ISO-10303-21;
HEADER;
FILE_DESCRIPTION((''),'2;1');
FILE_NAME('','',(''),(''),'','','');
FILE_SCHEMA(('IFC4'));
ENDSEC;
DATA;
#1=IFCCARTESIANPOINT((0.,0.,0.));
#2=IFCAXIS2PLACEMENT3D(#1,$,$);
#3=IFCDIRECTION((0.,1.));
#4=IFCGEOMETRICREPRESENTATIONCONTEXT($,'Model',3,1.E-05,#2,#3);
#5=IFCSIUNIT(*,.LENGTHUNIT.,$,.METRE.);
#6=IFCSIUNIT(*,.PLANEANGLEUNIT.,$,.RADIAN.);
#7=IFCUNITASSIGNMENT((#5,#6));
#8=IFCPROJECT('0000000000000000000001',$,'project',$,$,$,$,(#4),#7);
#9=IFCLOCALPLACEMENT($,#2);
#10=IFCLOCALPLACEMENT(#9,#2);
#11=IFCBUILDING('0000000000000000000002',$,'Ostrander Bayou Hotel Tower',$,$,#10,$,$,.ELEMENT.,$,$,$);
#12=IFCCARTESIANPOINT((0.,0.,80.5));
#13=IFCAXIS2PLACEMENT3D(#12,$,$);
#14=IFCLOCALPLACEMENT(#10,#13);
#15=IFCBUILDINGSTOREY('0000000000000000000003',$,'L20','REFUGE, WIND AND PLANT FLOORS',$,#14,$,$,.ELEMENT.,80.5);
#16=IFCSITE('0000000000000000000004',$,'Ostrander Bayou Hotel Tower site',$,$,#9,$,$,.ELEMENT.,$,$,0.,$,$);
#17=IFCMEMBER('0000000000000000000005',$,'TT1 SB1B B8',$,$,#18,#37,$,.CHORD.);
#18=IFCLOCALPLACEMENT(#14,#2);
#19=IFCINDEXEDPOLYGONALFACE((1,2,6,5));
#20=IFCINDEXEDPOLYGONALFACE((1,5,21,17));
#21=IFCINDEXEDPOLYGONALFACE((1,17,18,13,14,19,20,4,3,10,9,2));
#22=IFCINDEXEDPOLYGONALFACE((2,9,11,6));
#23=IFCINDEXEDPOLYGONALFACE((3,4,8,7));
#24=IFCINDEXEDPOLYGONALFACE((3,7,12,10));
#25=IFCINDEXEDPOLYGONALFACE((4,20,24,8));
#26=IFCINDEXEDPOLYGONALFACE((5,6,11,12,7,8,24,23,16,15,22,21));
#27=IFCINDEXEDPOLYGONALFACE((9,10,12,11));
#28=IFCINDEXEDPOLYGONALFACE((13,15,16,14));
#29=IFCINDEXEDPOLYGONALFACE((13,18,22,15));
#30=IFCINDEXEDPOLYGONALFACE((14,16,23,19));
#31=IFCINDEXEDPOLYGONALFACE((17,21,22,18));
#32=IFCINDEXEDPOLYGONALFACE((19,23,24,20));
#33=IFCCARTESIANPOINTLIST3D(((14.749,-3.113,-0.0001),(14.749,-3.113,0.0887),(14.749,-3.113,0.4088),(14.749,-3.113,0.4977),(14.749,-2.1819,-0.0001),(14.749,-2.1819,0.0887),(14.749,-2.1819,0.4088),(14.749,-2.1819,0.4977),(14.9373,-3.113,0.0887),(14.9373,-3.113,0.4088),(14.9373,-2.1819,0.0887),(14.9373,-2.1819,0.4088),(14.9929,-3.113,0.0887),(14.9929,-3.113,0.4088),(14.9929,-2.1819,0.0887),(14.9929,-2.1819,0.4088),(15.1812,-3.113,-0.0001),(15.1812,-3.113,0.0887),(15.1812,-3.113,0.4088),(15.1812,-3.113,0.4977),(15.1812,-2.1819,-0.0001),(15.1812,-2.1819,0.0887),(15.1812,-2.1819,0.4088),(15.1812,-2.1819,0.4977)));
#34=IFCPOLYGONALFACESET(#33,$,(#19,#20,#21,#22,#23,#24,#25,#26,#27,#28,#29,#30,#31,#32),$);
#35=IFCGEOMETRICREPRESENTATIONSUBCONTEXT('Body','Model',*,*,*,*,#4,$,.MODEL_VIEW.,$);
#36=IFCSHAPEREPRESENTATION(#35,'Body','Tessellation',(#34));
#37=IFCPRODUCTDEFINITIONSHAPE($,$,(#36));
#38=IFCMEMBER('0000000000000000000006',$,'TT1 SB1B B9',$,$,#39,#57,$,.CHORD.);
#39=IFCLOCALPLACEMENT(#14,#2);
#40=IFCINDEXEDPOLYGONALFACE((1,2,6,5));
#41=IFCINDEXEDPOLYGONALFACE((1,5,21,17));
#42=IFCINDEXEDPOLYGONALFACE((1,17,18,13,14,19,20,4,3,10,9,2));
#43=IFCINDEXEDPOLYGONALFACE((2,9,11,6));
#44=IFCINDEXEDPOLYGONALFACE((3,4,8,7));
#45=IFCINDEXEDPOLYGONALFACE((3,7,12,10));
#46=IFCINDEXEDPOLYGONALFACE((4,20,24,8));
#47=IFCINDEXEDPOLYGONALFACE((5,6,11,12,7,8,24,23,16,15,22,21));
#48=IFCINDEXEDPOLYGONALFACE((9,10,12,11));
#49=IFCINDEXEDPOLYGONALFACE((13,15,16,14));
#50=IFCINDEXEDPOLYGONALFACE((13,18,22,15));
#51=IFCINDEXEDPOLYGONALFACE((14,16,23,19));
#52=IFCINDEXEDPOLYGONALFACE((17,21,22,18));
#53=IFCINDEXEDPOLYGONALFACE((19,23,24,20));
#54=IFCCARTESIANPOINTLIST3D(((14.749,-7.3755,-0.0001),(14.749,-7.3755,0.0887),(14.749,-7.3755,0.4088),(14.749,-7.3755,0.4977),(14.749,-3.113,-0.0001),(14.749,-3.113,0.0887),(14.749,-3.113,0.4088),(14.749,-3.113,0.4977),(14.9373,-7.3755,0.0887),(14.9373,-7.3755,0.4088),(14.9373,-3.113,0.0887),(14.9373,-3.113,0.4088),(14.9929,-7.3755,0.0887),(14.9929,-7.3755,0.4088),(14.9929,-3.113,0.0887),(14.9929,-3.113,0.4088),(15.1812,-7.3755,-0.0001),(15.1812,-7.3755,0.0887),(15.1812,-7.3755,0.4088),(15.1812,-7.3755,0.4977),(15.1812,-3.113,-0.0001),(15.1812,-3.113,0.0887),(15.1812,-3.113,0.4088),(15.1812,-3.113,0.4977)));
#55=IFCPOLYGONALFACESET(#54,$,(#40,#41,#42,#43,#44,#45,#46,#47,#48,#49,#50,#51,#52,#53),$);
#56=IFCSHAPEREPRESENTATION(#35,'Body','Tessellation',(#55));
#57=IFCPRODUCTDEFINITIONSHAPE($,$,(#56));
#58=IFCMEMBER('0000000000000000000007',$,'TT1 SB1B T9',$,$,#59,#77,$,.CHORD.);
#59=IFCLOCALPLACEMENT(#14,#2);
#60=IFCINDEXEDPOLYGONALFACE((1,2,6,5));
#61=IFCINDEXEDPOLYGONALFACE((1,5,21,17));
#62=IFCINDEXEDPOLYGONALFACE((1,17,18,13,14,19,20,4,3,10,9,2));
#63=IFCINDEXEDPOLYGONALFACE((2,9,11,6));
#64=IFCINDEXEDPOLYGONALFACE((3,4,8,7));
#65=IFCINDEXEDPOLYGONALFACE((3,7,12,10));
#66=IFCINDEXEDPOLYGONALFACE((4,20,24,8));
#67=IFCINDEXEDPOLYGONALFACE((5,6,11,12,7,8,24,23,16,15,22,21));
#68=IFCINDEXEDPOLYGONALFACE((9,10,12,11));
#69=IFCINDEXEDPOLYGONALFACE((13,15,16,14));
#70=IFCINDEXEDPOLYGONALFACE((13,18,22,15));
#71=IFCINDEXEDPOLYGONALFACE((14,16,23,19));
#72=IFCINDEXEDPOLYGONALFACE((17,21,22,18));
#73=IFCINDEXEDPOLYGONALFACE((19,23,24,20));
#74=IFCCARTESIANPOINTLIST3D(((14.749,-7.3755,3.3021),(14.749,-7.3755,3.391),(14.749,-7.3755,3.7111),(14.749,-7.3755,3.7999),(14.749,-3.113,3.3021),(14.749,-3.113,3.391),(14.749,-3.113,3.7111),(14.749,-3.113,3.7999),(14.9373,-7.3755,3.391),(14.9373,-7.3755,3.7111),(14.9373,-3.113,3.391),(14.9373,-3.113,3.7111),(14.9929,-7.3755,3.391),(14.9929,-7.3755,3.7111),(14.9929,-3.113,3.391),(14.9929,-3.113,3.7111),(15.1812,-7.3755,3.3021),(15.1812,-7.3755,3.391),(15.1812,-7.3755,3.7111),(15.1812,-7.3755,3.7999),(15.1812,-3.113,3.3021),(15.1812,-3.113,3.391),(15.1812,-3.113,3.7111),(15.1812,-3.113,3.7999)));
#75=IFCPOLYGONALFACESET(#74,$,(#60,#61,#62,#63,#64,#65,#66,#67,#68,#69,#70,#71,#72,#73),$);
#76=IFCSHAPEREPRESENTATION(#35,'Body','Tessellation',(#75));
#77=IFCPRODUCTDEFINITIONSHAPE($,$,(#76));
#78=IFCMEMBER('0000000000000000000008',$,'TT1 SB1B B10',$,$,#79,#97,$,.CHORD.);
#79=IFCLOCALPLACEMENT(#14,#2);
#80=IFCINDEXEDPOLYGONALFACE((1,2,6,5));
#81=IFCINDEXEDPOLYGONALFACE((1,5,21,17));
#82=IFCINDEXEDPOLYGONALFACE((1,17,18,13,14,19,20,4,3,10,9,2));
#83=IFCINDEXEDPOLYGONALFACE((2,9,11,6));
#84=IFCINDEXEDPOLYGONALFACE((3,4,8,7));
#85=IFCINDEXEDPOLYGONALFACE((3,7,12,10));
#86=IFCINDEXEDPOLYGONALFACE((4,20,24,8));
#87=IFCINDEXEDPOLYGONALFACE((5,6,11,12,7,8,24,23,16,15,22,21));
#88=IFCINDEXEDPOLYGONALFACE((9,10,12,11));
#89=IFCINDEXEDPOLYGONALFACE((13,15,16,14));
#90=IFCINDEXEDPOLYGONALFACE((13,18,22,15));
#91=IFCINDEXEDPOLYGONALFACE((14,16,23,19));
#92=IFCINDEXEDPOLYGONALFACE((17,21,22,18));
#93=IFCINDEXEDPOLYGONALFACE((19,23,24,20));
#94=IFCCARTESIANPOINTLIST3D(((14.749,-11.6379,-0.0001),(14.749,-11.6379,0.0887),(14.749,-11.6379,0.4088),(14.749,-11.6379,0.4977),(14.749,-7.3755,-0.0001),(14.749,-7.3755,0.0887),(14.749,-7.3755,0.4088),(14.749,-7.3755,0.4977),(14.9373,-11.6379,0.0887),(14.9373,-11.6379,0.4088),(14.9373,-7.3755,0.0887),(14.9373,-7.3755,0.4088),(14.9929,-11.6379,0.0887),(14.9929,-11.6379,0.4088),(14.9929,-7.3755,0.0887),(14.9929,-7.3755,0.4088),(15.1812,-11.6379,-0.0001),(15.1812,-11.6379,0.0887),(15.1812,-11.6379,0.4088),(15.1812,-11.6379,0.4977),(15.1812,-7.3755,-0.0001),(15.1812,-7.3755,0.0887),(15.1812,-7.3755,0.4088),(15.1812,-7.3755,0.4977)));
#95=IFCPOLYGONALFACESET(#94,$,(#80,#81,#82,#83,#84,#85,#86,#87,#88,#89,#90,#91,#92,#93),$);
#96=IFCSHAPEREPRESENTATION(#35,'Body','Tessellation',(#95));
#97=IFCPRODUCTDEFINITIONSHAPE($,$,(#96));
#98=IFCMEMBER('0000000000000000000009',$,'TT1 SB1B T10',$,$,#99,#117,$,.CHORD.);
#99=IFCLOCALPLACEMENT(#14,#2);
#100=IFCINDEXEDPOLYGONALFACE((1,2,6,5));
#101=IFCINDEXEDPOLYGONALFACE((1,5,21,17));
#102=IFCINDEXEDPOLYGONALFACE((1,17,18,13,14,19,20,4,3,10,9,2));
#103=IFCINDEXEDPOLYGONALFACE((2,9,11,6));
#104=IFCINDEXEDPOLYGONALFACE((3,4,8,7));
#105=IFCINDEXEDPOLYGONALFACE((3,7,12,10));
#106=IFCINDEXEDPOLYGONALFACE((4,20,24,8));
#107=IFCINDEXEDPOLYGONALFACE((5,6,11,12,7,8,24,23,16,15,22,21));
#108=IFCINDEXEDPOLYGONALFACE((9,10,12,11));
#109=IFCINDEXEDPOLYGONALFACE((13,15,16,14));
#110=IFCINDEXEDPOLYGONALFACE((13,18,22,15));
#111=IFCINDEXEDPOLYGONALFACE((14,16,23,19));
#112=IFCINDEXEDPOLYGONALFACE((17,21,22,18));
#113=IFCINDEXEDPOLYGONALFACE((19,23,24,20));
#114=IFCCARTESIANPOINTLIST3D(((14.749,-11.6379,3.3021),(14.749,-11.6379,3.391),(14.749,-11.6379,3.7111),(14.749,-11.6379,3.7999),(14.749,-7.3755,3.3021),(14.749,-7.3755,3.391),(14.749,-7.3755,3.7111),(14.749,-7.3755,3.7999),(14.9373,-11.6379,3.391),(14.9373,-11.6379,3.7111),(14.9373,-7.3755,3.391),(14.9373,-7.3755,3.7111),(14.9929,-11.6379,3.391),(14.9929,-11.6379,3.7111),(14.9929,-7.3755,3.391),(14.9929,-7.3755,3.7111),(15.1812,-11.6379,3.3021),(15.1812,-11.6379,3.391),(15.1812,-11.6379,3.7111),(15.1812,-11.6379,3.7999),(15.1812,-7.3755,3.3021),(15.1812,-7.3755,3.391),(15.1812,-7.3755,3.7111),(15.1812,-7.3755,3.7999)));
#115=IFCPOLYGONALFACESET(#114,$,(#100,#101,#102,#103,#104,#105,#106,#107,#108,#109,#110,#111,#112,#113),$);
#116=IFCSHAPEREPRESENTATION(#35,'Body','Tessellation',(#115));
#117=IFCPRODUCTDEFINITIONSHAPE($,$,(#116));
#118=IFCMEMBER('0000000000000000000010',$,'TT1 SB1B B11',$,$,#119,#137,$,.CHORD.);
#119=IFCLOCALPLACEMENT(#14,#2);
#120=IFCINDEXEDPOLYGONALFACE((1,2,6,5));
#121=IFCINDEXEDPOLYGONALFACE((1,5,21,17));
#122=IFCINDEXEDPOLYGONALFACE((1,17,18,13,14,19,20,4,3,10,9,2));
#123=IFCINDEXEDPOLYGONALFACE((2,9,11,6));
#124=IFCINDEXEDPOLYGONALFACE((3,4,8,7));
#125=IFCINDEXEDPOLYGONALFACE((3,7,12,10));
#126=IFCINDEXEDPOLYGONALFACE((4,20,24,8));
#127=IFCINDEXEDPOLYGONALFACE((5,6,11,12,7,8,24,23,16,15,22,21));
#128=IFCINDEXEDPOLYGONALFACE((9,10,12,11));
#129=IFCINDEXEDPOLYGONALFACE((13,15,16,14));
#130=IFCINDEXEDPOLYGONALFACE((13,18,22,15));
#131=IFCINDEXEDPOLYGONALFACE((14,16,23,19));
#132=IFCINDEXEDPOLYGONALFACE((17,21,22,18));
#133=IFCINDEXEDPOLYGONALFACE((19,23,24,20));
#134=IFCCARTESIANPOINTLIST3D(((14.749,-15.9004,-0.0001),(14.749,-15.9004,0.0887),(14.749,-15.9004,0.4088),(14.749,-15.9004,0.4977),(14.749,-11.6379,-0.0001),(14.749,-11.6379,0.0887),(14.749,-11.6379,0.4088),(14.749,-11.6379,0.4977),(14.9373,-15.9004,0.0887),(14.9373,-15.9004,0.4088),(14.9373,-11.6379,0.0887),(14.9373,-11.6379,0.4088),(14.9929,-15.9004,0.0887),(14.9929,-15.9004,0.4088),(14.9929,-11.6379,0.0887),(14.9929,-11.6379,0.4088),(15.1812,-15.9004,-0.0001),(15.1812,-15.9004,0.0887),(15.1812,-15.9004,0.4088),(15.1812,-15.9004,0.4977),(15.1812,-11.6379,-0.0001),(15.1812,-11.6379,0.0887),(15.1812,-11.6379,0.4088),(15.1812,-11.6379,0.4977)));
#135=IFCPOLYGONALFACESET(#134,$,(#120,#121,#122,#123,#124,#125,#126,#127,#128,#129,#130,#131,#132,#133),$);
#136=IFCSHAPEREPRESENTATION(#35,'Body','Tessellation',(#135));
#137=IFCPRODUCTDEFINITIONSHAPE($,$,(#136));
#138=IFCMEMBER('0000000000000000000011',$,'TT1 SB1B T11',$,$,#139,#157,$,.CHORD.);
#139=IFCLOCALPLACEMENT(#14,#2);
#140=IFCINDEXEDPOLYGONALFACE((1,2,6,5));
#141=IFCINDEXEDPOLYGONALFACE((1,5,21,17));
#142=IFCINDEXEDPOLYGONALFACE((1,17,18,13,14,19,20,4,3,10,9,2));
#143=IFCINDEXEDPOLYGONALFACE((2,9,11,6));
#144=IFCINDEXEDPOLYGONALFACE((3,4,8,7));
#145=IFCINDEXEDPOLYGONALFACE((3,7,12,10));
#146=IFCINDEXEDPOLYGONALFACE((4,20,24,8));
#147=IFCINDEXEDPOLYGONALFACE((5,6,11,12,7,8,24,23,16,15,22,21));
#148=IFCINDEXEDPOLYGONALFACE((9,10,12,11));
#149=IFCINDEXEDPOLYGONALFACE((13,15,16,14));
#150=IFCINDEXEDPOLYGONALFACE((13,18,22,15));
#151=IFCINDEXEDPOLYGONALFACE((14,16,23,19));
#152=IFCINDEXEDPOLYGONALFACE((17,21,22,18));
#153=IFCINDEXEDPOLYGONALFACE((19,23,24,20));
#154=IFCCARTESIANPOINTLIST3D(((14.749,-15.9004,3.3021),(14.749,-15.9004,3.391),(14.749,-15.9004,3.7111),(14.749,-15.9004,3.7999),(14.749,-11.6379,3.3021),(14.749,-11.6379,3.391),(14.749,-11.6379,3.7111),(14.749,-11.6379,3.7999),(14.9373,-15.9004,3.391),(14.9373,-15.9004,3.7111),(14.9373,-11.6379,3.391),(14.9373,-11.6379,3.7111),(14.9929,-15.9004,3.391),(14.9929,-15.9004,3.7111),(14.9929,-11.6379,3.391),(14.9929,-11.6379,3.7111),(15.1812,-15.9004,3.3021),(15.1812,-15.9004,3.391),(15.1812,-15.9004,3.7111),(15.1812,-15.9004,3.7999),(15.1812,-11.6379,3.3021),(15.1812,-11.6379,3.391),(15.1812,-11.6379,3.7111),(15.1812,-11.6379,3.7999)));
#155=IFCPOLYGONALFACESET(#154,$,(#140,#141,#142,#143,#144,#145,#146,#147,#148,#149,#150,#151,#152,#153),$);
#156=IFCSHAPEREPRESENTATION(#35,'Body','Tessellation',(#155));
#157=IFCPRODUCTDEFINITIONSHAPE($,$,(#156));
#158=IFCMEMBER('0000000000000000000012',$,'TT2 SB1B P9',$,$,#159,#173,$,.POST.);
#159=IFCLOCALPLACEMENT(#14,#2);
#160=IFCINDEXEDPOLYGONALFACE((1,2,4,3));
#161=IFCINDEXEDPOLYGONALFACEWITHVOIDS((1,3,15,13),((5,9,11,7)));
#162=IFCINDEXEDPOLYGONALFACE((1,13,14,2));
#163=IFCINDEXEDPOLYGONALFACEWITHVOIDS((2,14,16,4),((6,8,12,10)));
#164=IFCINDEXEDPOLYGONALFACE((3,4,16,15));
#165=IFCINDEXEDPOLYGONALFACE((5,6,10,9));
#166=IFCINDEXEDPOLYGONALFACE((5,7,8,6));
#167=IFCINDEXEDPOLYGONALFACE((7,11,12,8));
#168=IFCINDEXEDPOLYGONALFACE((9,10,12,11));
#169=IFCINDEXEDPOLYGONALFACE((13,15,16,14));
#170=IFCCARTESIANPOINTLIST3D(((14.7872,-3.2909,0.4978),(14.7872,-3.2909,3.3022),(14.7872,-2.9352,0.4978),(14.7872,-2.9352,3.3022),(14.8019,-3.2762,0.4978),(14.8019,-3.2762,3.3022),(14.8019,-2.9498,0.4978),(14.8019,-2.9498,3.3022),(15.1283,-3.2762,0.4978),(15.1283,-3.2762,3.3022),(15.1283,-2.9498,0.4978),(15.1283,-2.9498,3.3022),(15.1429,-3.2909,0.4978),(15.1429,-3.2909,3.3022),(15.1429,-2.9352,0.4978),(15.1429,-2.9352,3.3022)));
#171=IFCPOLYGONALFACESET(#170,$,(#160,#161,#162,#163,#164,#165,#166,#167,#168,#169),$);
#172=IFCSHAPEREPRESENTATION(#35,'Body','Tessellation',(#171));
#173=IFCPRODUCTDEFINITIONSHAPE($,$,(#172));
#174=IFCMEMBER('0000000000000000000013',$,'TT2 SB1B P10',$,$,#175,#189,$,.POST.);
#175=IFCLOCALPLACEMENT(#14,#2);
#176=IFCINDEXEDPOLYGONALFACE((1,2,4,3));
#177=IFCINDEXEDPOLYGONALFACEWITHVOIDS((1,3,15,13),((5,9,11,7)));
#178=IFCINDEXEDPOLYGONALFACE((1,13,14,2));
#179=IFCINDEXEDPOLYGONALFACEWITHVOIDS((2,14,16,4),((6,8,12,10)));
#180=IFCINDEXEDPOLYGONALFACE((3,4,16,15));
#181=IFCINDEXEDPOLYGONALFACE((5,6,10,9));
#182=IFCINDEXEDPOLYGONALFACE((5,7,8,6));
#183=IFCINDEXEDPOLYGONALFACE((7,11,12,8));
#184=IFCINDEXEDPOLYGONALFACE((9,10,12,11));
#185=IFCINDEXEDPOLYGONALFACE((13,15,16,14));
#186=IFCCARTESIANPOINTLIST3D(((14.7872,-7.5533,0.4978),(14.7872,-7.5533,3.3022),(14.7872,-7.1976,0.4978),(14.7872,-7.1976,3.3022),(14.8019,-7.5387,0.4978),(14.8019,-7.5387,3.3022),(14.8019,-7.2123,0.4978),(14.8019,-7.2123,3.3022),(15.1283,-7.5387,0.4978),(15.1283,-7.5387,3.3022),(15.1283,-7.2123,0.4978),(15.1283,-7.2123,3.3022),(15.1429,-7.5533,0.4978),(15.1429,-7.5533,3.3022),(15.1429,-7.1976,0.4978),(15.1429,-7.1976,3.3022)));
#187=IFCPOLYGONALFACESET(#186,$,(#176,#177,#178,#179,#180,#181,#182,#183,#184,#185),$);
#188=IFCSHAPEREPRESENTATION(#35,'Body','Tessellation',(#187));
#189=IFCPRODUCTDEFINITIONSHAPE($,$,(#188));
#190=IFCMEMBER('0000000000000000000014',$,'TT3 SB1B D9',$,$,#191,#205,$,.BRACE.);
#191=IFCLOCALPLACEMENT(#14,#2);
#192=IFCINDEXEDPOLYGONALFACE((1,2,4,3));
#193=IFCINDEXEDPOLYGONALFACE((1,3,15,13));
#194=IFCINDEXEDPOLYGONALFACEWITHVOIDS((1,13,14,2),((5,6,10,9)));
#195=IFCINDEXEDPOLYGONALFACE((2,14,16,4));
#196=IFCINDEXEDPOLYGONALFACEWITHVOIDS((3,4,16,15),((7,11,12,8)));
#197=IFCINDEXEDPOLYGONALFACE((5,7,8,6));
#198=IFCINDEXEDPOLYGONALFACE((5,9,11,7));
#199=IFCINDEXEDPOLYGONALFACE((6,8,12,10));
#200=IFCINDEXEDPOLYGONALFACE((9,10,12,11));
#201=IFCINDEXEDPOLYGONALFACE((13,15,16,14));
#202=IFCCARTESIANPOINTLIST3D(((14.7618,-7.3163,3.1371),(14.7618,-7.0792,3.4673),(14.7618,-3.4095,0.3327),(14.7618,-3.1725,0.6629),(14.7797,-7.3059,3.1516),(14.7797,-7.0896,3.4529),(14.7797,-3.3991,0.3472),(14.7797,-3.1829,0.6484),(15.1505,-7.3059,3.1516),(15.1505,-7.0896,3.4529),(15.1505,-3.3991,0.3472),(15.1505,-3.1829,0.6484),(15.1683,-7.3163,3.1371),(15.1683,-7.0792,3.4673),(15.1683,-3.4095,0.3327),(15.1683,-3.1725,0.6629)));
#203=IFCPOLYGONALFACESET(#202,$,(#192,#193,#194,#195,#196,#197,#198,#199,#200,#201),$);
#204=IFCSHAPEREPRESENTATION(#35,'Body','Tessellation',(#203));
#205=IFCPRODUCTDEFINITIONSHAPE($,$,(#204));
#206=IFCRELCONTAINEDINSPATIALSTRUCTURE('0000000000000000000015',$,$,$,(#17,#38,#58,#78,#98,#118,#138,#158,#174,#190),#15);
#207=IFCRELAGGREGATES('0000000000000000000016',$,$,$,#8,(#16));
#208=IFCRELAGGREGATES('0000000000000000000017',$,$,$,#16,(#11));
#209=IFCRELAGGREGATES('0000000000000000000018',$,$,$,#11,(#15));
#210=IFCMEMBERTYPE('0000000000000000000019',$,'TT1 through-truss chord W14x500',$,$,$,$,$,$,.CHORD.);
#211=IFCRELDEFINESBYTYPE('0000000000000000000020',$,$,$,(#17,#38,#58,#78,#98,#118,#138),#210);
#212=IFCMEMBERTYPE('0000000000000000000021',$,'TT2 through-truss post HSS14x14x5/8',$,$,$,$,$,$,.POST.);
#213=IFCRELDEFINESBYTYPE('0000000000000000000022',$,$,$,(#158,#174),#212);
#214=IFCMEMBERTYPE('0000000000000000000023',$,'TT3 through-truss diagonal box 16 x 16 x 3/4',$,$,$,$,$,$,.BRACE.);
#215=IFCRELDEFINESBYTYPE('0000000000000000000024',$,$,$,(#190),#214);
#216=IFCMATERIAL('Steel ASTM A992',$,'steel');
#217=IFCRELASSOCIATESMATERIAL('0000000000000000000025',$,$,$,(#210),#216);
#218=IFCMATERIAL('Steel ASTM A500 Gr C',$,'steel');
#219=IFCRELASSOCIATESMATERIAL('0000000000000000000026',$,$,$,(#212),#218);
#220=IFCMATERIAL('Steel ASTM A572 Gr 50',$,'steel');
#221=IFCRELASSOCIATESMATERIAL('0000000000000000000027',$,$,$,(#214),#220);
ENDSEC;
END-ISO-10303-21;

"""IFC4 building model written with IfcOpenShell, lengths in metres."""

from ifc_helpers import new_model, si_unit, direction, frame, origin, origin_2d, place, context, subcontext, project, spatial, hollow_rectangle, i_section, extrude, material, material_profile, profile_set, type_object, element, save


model = new_model("IFC4")

# Units and contexts
model_context = context("Model", 3, precision=1e-05, world=origin(), true_north=direction((0.0, 1.0)))
body_context = subcontext(model_context, "Body", "Model", "MODEL_VIEW")
ifc_project = project(units=[si_unit("LENGTHUNIT", "METRE"), si_unit("PLANEANGLEUNIT", "RADIAN")], contexts=[model_context])

# Site, building, storey
site_placement = place(None, origin())
site = spatial("IfcSite", under=ifc_project, at=site_placement, Name="Ostrander Bayou Hotel Tower site", CompositionType="ELEMENT", RefElevation=0.0)
building_placement = place(site_placement, origin())
building = spatial("IfcBuilding", under=site, at=building_placement, Name="Ostrander Bayou Hotel Tower", CompositionType="ELEMENT")
storey_placement = place(building_placement, frame((0.0, 0.0, 80.5)))
storey = spatial("IfcBuildingStorey", under=building, at=storey_placement, Name="L20", Description="REFUGE, WIND AND PLANT FLOORS", CompositionType="ELEMENT", Elevation=80.5)

# Members
ifc_material_1 = material(Name="Steel ASTM A992", Category="steel")
ifc_material_profile_1 = material_profile(ifc_material_1, i_section(OverallWidth=0.4321, OverallDepth=0.4978, WebThickness=0.0557, FlangeThickness=0.0889, at=origin_2d()))
ifc_profile_set_1 = profile_set([ifc_material_profile_1], Name="Steel ASTM A992")
member_type_1 = type_object("IfcMemberType", Name="TT1 through-truss chord W14x500", PredefinedType="CHORD", material=ifc_profile_set_1)
member_1_placement = place(storey_placement, frame((14.9651, -2.1819, 0.2488), z_axis=(0.0, -1.0, 0.0), x_axis=(1.0, 0.0, 0.0)))
element("IfcMember", 1, at=member_1_placement, inside=storey, type_object=member_type_1, Name="TT1 SB1B B8", PredefinedType="CHORD", context=body_context, shape_type="SweptSolid", body=[
    extrude(i_section(OverallWidth=0.4321, OverallDepth=0.4978, WebThickness=0.0557, FlangeThickness=0.0889, at=origin_2d()), origin(), (0.0, 0.0, 1.0), 0.9312),
])
for number, where, z_axis, x_axis, name in (
    (2, (14.9651, -3.113, 0.2488), (0.0, -1.0, 0.0), (1.0, 0.0, 0.0), "TT1 SB1B B9"),
    (3, (14.9651, -3.113, 3.551), (0.0, -1.0, 0.0), (1.0, 0.0, 0.0), "TT1 SB1B T9"),
    (4, (14.9651, -7.3755, 0.2488), (0.0, -1.0, 0.0), (1.0, 0.0, 0.0), "TT1 SB1B B10"),
    (5, (14.9651, -7.3755, 3.551), (0.0, -1.0, 0.0), (1.0, 0.0, 0.0), "TT1 SB1B T10"),
    (6, (14.9651, -11.6379, 0.2488), (0.0, -1.0, 0.0), (1.0, 0.0, 0.0), "TT1 SB1B B11"),
    (7, (14.9651, -11.6379, 3.551), (0.0, -1.0, 0.0), (1.0, 0.0, 0.0), "TT1 SB1B T11"),
):
    element("IfcMember", number, at=place(storey_placement, frame(where, z_axis=z_axis, x_axis=x_axis)), inside=storey, type_object=member_type_1, Name=name, PredefinedType="CHORD", context=body_context, shape_type="SweptSolid", body=[
        extrude(i_section(OverallWidth=0.4321, OverallDepth=0.4978, WebThickness=0.0557, FlangeThickness=0.0889, at=origin_2d()), origin(), (0.0, 0.0, 1.0), 4.2625),
    ])
ifc_material_2 = material(Name="Steel ASTM A500 Gr C", Category="steel")
ifc_material_profile_2 = material_profile(ifc_material_2, hollow_rectangle(XDim=0.3557, YDim=0.3557, WallThickness=0.0146, at=origin_2d()))
ifc_profile_set_2 = profile_set([ifc_material_profile_2], Name="Steel ASTM A500 Gr C")
member_type_2 = type_object("IfcMemberType", Name="TT2 through-truss post HSS14x14x5/8", PredefinedType="POST", material=ifc_profile_set_2)
for number, where, z_axis, x_axis, name in (
    (8, (14.9651, -3.113, 0.4978), (0.0, 0.0, 1.0), (1.0, 0.0, 0.0), "TT2 SB1B P9"),
    (9, (14.9651, -7.3755, 0.4978), (0.0, 0.0, 1.0), (1.0, 0.0, 0.0), "TT2 SB1B P10"),
):
    element("IfcMember", number, at=place(storey_placement, frame(where, z_axis=z_axis, x_axis=x_axis)), inside=storey, type_object=member_type_2, Name=name, PredefinedType="POST", context=body_context, shape_type="SweptSolid", body=[
        extrude(hollow_rectangle(XDim=0.3557, YDim=0.3557, WallThickness=0.0146, at=origin_2d()), origin(), (0.0, 0.0, 1.0), 2.8044),
    ])
ifc_material_3 = material(Name="Steel ASTM A572 Gr 50", Category="steel")
ifc_material_profile_3 = material_profile(ifc_material_3, hollow_rectangle(XDim=0.4065, YDim=0.4065, WallThickness=0.0178, at=origin_2d()))
ifc_profile_set_3 = profile_set([ifc_material_profile_3], Name="Steel ASTM A572 Gr 50")
member_type_3 = type_object("IfcMemberType", Name="TT3 through-truss diagonal box 16 x 16 x 3/4", PredefinedType="BRACE", material=ifc_profile_set_3)
member_2_placement = place(storey_placement, frame((14.9651, -3.291, 0.4978), z_axis=(0.0, -0.812363, 0.583153), x_axis=(1.0, 0.0, 0.0)))
element("IfcMember", 10, at=member_2_placement, inside=storey, type_object=member_type_3, Name="TT3 SB1B D9", PredefinedType="BRACE", context=body_context, shape_type="SweptSolid", body=[
    extrude(hollow_rectangle(XDim=0.4065, YDim=0.4065, WallThickness=0.0178, at=origin_2d()), origin(), (0.0, 0.0, 1.0), 4.8091),
])

save(model, "model.ifc")
